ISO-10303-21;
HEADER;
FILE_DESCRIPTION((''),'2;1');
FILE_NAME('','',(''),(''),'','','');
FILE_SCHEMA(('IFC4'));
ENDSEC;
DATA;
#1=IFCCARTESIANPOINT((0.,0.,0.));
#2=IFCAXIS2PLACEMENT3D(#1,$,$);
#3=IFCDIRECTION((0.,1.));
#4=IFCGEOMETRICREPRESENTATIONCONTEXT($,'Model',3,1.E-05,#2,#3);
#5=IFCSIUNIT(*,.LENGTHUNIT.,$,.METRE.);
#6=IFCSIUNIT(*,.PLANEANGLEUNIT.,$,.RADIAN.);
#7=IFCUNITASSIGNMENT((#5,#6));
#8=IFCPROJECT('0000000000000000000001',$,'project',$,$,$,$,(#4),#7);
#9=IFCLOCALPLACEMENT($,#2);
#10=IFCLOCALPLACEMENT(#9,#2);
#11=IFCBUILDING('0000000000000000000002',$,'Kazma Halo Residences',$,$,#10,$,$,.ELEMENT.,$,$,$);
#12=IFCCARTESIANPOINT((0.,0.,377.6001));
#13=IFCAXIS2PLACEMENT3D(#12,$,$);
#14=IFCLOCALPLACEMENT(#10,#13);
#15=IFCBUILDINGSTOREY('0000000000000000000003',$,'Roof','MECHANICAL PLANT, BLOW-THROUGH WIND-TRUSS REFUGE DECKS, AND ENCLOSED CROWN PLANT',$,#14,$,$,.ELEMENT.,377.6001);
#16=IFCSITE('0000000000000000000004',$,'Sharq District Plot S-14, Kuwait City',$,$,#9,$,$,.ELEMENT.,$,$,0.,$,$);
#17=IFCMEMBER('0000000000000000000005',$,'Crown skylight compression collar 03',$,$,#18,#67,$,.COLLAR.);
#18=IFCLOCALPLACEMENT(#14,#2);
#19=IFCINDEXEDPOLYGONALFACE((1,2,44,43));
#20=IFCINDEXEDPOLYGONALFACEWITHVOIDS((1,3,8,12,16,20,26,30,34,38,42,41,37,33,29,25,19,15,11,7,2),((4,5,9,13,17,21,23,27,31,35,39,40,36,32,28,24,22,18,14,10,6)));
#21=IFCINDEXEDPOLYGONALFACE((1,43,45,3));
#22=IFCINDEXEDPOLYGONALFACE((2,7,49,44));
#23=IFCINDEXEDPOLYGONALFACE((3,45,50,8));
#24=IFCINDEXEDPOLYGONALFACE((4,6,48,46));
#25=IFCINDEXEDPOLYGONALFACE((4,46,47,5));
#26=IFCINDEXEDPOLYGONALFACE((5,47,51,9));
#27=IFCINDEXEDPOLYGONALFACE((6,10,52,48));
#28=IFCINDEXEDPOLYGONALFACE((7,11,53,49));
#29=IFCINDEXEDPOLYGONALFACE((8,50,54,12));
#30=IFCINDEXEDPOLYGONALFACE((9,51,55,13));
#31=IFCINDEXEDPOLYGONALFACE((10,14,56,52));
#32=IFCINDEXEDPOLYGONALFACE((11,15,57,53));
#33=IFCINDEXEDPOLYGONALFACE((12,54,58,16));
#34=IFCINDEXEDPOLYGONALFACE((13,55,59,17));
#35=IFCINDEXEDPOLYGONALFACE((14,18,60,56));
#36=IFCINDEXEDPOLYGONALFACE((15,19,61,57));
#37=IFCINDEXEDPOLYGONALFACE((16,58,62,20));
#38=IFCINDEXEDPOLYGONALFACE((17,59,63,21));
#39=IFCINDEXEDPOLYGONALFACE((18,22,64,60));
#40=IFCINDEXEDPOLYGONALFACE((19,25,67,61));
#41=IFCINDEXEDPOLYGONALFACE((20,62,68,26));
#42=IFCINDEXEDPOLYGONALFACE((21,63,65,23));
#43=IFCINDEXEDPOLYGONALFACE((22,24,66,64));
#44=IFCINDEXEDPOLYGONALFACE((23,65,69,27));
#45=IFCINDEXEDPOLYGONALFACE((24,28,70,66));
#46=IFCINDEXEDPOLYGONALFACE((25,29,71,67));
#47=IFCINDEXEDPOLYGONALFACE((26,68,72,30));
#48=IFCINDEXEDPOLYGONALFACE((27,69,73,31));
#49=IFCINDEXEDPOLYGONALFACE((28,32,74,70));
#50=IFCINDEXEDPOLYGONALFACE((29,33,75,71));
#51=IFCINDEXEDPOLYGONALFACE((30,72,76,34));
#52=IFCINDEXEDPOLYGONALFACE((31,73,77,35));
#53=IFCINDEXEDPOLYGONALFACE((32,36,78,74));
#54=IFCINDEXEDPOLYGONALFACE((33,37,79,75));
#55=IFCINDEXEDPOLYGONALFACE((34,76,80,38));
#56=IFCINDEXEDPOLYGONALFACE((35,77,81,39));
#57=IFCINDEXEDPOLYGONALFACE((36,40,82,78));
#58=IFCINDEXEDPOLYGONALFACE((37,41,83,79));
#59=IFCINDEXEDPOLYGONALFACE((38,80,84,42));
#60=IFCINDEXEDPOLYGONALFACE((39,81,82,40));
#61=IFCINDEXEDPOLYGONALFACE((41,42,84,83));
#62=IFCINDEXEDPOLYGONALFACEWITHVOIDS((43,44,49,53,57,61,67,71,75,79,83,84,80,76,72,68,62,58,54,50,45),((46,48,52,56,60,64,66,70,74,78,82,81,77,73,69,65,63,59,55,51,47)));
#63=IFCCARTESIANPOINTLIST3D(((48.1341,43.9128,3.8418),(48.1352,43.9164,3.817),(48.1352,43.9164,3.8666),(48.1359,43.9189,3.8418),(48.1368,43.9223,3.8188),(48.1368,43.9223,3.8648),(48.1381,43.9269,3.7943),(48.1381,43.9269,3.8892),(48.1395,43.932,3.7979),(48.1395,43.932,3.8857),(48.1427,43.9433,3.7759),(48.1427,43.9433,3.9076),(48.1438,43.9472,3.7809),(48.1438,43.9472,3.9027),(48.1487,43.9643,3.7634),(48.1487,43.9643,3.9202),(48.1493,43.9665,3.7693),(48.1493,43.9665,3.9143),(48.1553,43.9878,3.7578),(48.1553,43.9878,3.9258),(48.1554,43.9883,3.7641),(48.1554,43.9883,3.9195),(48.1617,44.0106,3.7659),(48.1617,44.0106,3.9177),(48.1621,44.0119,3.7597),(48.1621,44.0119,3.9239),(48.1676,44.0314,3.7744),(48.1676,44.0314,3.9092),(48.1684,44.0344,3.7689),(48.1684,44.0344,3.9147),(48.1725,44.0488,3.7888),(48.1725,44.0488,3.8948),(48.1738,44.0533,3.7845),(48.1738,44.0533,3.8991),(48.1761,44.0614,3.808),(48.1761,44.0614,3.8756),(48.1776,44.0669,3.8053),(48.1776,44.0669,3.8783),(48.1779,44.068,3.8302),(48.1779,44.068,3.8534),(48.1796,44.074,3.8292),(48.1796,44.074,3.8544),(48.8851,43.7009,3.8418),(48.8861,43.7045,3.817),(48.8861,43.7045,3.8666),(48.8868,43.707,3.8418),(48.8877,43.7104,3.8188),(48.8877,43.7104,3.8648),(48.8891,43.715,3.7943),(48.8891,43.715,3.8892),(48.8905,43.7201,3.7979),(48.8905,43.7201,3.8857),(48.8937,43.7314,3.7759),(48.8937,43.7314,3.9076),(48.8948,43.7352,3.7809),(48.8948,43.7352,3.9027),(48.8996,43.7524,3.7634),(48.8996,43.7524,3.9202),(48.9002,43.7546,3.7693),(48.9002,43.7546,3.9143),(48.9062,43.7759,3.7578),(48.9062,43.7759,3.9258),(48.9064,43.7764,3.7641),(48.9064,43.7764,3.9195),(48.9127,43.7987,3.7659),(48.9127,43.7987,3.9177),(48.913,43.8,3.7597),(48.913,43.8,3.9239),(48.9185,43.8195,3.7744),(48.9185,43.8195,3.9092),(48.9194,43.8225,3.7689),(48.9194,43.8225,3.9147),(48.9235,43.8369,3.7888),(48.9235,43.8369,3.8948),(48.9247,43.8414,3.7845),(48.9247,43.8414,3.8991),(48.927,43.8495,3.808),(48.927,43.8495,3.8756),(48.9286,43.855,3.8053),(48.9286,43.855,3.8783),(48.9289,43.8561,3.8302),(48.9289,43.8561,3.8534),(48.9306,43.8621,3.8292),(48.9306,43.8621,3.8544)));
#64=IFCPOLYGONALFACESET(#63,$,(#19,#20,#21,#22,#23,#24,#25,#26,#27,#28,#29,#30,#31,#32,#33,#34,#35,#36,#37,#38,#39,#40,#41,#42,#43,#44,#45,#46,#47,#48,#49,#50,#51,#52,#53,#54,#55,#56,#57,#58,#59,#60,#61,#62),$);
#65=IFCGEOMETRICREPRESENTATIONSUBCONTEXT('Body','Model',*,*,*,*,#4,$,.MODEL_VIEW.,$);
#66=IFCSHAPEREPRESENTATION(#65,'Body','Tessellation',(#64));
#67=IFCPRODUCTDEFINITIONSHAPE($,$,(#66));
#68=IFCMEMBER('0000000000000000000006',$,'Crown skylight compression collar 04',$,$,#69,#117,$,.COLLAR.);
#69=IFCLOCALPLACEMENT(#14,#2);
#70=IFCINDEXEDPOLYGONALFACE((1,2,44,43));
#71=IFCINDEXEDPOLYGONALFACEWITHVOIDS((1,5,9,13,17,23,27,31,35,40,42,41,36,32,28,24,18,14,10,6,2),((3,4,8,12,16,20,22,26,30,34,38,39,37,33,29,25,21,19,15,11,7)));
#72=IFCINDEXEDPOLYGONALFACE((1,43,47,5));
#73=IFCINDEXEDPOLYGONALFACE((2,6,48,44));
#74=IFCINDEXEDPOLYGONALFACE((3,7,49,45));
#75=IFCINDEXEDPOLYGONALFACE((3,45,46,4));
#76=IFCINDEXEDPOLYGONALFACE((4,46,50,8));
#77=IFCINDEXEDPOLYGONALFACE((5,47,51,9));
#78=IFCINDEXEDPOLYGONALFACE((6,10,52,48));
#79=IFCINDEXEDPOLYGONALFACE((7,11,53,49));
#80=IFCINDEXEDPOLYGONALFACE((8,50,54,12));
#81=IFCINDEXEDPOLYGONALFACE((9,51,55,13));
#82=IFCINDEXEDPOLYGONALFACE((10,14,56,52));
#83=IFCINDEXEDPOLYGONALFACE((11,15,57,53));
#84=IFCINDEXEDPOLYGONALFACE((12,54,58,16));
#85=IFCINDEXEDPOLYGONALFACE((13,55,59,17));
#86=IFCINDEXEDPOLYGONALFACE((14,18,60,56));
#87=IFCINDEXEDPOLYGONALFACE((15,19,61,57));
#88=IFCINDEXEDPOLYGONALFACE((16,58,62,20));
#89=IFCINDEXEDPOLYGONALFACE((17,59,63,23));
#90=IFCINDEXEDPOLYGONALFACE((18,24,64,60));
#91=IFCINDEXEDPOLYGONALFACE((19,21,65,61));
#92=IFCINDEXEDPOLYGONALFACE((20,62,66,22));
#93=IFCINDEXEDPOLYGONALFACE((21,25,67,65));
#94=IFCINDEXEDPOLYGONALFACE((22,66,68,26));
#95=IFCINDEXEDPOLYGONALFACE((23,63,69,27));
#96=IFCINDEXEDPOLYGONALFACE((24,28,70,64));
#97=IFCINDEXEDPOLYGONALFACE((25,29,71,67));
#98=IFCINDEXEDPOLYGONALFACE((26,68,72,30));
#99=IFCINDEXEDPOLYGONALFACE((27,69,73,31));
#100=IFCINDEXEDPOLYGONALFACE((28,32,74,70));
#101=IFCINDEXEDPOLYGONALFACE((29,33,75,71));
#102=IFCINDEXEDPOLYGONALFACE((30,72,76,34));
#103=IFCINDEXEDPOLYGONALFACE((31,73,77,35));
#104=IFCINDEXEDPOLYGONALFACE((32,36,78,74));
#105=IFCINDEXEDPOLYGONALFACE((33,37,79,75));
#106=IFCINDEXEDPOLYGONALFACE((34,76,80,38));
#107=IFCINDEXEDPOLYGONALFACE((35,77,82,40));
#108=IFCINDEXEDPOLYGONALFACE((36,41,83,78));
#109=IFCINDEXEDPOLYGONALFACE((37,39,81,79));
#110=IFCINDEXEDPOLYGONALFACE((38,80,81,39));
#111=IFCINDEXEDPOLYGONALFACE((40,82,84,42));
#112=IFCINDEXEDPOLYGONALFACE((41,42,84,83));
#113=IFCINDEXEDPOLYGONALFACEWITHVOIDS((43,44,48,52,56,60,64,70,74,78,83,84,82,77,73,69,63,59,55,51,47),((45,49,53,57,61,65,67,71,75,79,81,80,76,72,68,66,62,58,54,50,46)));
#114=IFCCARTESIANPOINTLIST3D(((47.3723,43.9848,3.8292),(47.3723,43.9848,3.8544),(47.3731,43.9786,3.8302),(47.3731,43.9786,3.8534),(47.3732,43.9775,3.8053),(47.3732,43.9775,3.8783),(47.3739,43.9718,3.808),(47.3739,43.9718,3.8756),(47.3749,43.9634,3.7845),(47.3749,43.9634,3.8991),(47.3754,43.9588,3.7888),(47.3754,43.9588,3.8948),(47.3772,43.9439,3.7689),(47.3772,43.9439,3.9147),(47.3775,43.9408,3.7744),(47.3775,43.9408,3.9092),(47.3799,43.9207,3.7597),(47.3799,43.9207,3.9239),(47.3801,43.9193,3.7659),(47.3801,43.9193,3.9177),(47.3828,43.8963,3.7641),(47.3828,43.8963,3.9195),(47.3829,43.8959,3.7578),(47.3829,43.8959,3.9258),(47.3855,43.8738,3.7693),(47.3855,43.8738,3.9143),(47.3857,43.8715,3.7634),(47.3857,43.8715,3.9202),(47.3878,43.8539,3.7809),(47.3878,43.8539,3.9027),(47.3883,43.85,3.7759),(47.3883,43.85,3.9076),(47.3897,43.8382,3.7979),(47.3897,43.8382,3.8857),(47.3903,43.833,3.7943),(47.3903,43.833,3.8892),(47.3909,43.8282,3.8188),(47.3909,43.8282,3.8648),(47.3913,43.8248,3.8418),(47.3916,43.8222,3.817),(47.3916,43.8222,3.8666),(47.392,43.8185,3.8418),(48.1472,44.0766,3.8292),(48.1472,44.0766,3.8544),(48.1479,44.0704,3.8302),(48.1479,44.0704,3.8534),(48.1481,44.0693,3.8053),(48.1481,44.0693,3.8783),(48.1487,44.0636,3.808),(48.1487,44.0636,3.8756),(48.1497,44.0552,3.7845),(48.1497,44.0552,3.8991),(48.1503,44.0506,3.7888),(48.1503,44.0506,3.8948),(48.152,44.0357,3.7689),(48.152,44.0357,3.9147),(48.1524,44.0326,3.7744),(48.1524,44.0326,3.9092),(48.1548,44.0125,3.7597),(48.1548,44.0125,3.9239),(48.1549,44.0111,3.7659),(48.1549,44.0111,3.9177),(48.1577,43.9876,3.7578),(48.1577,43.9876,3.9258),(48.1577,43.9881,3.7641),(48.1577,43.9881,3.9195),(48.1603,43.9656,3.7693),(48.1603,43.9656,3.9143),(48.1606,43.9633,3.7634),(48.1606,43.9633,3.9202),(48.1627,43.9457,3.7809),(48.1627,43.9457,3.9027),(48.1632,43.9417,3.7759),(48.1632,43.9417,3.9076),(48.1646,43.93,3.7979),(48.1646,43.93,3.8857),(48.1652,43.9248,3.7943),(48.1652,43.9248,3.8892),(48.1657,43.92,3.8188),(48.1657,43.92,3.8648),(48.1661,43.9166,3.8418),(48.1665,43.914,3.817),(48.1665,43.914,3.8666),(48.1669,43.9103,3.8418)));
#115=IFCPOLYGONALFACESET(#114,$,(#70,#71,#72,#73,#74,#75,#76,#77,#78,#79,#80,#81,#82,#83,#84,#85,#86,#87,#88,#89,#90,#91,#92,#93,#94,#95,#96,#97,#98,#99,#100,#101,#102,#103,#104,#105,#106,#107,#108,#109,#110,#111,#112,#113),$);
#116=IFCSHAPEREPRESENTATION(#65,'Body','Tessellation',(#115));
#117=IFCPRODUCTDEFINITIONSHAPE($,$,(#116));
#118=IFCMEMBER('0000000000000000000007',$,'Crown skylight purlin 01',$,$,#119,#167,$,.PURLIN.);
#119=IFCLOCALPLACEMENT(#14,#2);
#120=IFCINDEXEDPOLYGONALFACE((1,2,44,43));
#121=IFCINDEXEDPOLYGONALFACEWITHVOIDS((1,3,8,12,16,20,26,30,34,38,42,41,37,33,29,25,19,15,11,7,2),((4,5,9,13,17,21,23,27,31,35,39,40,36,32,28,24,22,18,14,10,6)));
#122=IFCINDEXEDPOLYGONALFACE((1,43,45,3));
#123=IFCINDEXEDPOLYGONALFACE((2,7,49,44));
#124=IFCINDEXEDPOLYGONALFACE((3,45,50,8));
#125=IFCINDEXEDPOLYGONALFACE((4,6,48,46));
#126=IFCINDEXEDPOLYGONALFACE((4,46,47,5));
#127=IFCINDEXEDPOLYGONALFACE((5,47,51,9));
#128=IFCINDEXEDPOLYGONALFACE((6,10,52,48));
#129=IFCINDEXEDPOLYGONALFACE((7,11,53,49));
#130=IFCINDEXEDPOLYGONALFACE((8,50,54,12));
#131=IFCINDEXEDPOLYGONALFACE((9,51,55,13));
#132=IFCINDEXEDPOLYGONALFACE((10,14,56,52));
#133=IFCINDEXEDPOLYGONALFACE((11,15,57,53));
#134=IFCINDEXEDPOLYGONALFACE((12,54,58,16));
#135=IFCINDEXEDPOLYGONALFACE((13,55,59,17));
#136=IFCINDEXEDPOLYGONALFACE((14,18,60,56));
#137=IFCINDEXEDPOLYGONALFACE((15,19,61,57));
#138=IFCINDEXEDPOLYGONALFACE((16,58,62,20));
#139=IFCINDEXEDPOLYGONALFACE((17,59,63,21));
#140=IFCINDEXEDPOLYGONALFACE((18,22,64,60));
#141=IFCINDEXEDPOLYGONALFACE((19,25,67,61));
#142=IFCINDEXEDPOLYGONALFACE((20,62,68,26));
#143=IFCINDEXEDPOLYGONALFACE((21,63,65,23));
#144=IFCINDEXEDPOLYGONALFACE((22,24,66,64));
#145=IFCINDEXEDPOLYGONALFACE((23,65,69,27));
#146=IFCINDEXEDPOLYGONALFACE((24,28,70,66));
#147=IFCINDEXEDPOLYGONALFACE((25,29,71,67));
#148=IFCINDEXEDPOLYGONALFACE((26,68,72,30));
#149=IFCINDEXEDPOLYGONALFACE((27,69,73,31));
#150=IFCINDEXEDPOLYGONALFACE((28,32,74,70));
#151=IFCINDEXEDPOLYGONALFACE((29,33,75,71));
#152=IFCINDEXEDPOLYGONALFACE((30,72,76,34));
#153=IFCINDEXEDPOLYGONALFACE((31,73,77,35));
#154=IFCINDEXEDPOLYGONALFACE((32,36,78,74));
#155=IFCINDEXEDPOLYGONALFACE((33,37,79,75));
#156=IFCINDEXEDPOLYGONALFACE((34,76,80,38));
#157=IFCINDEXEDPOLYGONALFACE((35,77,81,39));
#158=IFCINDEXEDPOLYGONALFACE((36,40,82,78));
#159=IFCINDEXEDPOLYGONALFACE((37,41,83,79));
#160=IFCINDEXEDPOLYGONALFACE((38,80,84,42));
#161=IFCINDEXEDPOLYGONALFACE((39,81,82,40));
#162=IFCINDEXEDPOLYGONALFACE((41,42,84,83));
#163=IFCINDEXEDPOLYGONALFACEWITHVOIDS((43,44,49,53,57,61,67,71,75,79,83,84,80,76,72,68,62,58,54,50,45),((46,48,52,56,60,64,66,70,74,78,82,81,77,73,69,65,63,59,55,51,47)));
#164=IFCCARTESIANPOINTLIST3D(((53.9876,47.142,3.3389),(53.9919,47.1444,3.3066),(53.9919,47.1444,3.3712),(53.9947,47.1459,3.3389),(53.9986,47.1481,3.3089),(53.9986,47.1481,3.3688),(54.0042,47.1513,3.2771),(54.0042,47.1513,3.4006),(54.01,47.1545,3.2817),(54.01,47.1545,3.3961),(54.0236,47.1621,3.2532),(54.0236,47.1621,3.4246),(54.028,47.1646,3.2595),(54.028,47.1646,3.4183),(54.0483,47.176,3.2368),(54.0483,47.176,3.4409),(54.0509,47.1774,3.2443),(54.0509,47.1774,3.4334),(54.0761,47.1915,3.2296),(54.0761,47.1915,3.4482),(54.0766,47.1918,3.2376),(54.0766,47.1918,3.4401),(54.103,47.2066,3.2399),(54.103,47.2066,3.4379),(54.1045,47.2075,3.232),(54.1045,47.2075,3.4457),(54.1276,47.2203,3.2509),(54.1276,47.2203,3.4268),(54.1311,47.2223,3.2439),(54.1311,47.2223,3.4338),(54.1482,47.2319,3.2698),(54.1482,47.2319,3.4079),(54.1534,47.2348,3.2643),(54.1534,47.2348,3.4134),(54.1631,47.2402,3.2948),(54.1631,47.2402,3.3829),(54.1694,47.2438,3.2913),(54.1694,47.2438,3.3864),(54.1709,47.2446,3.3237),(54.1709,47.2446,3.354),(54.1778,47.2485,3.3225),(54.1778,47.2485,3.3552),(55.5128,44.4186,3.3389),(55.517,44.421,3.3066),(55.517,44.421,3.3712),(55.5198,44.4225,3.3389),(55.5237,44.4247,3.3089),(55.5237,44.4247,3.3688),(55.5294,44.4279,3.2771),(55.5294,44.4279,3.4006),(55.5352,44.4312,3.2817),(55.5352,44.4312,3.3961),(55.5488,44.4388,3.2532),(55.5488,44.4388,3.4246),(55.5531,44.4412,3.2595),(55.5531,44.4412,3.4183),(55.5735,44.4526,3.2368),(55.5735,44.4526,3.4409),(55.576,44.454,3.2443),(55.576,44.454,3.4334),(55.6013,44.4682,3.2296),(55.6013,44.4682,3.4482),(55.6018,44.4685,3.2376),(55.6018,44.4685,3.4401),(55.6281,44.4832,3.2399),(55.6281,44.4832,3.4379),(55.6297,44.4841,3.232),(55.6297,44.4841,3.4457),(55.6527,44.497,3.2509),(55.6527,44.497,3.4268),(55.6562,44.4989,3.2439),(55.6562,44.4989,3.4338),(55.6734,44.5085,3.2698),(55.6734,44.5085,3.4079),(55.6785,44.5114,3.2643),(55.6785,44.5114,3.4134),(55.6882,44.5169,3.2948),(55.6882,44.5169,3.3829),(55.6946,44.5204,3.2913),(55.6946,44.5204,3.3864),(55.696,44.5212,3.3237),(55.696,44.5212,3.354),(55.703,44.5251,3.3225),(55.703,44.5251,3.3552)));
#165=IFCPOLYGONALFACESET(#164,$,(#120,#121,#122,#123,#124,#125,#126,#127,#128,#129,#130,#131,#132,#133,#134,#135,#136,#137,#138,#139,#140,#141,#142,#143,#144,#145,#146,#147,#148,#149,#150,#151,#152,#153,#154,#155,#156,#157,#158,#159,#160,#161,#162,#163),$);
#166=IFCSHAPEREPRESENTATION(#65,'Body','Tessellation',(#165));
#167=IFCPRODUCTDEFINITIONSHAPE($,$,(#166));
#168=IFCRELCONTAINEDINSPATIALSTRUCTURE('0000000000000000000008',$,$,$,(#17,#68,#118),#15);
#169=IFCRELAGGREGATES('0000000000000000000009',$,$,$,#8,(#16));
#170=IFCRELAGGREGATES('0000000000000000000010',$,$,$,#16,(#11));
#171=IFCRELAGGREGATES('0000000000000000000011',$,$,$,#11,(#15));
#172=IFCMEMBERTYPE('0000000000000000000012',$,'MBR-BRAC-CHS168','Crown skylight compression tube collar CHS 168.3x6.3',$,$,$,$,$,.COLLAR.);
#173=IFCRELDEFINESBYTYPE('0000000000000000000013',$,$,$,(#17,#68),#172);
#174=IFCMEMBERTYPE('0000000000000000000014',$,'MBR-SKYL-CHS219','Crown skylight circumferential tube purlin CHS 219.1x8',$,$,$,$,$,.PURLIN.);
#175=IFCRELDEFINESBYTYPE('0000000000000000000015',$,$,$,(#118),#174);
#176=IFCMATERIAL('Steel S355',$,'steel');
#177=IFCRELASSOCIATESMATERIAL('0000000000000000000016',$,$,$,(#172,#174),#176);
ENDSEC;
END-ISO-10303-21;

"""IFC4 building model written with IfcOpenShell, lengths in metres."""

from ifc_helpers import new_model, si_unit, direction, frame, origin, origin_2d, place, context, subcontext, project, spatial, hollow_circle, extrude, material, material_profile, profile_set, type_object, element, save


model = new_model("IFC4")

# Units and contexts
model_context = context("Model", 3, precision=1e-05, world=origin(), true_north=direction((0.0, 1.0)))
body_context = subcontext(model_context, "Body", "Model", "MODEL_VIEW")
ifc_project = project(units=[si_unit("LENGTHUNIT", "METRE"), si_unit("PLANEANGLEUNIT", "RADIAN")], contexts=[model_context])

# Site, building, storey
site_placement = place(None, origin())
site = spatial("IfcSite", under=ifc_project, at=site_placement, Name="Sharq District Plot S-14, Kuwait City", CompositionType="ELEMENT", RefElevation=0.0)
building_placement = place(site_placement, origin())
building = spatial("IfcBuilding", under=site, at=building_placement, Name="Kazma Halo Residences", CompositionType="ELEMENT")
storey_placement = place(building_placement, frame((0.0, 0.0, 377.6001)))
storey = spatial("IfcBuildingStorey", under=building, at=storey_placement, Name="Roof", Description="MECHANICAL PLANT, BLOW-THROUGH WIND-TRUSS REFUGE DECKS, AND ENCLOSED CROWN PLANT", CompositionType="ELEMENT", Elevation=377.6001)

# Shared definitions
ifc_material_1 = material(Name="Steel S355", Category="steel")

# Members
ifc_material_profile_1 = material_profile(ifc_material_1, hollow_circle(Radius=0.0842, WallThickness=0.0063, at=origin_2d()), Name="CHS168.3x6.3")
ifc_profile_set_1 = profile_set([ifc_material_profile_1], Name="Steel S355")
member_type_1 = type_object("IfcMemberType", Name="MBR-BRAC-CHS168", Description="Crown skylight compression tube collar CHS 168.3x6.3", PredefinedType="COLLAR", material=ifc_profile_set_1)
for number, where, z_axis, x_axis, name in (
    (1, (48.908, 43.782, 3.8418), (-0.962416, 0.271579, 0.0), (-0.271579, -0.962416, 0.0), "Crown skylight compression collar 03"),
    (2, (48.157, 43.9939, 3.8418), (-0.993056, -0.11764, 0.0), (0.11764, -0.993056, 0.0), "Crown skylight compression collar 04"),
):
    element("IfcMember", number, at=place(storey_placement, frame(where, z_axis=z_axis, x_axis=x_axis)), inside=storey, type_object=member_type_1, Name=name, PredefinedType="COLLAR", context=body_context, shape_type="SweptSolid", body=[
        extrude(hollow_circle(Radius=0.0842, WallThickness=0.0063, at=origin_2d()), origin(), (0.0, 0.0, 1.0), 0.7803),
    ])
ifc_material_profile_2 = material_profile(ifc_material_1, hollow_circle(Radius=0.1096, WallThickness=0.0081, at=origin_2d()), Name="CHS219.1x8")
ifc_profile_set_2 = profile_set([ifc_material_profile_2], Name="Steel S355")
member_type_2 = type_object("IfcMemberType", Name="MBR-SKYL-CHS219", Description="Crown skylight circumferential tube purlin CHS 219.1x8", PredefinedType="PURLIN", material=ifc_profile_set_2)
member_1_placement = place(storey_placement, frame((55.6084, 44.4722, 3.3389), z_axis=(-0.488615, 0.872499, 0.0), x_axis=(-0.872499, -0.488615, 0.0)))
element("IfcMember", 3, at=member_1_placement, inside=storey, type_object=member_type_2, Name="Crown skylight purlin 01", PredefinedType="PURLIN", context=body_context, shape_type="SweptSolid", body=[
    extrude(hollow_circle(Radius=0.1096, WallThickness=0.0081, at=origin_2d()), origin(), (0.0, 0.0, 1.0), 3.1213),
])

save(model, "model.ifc")
